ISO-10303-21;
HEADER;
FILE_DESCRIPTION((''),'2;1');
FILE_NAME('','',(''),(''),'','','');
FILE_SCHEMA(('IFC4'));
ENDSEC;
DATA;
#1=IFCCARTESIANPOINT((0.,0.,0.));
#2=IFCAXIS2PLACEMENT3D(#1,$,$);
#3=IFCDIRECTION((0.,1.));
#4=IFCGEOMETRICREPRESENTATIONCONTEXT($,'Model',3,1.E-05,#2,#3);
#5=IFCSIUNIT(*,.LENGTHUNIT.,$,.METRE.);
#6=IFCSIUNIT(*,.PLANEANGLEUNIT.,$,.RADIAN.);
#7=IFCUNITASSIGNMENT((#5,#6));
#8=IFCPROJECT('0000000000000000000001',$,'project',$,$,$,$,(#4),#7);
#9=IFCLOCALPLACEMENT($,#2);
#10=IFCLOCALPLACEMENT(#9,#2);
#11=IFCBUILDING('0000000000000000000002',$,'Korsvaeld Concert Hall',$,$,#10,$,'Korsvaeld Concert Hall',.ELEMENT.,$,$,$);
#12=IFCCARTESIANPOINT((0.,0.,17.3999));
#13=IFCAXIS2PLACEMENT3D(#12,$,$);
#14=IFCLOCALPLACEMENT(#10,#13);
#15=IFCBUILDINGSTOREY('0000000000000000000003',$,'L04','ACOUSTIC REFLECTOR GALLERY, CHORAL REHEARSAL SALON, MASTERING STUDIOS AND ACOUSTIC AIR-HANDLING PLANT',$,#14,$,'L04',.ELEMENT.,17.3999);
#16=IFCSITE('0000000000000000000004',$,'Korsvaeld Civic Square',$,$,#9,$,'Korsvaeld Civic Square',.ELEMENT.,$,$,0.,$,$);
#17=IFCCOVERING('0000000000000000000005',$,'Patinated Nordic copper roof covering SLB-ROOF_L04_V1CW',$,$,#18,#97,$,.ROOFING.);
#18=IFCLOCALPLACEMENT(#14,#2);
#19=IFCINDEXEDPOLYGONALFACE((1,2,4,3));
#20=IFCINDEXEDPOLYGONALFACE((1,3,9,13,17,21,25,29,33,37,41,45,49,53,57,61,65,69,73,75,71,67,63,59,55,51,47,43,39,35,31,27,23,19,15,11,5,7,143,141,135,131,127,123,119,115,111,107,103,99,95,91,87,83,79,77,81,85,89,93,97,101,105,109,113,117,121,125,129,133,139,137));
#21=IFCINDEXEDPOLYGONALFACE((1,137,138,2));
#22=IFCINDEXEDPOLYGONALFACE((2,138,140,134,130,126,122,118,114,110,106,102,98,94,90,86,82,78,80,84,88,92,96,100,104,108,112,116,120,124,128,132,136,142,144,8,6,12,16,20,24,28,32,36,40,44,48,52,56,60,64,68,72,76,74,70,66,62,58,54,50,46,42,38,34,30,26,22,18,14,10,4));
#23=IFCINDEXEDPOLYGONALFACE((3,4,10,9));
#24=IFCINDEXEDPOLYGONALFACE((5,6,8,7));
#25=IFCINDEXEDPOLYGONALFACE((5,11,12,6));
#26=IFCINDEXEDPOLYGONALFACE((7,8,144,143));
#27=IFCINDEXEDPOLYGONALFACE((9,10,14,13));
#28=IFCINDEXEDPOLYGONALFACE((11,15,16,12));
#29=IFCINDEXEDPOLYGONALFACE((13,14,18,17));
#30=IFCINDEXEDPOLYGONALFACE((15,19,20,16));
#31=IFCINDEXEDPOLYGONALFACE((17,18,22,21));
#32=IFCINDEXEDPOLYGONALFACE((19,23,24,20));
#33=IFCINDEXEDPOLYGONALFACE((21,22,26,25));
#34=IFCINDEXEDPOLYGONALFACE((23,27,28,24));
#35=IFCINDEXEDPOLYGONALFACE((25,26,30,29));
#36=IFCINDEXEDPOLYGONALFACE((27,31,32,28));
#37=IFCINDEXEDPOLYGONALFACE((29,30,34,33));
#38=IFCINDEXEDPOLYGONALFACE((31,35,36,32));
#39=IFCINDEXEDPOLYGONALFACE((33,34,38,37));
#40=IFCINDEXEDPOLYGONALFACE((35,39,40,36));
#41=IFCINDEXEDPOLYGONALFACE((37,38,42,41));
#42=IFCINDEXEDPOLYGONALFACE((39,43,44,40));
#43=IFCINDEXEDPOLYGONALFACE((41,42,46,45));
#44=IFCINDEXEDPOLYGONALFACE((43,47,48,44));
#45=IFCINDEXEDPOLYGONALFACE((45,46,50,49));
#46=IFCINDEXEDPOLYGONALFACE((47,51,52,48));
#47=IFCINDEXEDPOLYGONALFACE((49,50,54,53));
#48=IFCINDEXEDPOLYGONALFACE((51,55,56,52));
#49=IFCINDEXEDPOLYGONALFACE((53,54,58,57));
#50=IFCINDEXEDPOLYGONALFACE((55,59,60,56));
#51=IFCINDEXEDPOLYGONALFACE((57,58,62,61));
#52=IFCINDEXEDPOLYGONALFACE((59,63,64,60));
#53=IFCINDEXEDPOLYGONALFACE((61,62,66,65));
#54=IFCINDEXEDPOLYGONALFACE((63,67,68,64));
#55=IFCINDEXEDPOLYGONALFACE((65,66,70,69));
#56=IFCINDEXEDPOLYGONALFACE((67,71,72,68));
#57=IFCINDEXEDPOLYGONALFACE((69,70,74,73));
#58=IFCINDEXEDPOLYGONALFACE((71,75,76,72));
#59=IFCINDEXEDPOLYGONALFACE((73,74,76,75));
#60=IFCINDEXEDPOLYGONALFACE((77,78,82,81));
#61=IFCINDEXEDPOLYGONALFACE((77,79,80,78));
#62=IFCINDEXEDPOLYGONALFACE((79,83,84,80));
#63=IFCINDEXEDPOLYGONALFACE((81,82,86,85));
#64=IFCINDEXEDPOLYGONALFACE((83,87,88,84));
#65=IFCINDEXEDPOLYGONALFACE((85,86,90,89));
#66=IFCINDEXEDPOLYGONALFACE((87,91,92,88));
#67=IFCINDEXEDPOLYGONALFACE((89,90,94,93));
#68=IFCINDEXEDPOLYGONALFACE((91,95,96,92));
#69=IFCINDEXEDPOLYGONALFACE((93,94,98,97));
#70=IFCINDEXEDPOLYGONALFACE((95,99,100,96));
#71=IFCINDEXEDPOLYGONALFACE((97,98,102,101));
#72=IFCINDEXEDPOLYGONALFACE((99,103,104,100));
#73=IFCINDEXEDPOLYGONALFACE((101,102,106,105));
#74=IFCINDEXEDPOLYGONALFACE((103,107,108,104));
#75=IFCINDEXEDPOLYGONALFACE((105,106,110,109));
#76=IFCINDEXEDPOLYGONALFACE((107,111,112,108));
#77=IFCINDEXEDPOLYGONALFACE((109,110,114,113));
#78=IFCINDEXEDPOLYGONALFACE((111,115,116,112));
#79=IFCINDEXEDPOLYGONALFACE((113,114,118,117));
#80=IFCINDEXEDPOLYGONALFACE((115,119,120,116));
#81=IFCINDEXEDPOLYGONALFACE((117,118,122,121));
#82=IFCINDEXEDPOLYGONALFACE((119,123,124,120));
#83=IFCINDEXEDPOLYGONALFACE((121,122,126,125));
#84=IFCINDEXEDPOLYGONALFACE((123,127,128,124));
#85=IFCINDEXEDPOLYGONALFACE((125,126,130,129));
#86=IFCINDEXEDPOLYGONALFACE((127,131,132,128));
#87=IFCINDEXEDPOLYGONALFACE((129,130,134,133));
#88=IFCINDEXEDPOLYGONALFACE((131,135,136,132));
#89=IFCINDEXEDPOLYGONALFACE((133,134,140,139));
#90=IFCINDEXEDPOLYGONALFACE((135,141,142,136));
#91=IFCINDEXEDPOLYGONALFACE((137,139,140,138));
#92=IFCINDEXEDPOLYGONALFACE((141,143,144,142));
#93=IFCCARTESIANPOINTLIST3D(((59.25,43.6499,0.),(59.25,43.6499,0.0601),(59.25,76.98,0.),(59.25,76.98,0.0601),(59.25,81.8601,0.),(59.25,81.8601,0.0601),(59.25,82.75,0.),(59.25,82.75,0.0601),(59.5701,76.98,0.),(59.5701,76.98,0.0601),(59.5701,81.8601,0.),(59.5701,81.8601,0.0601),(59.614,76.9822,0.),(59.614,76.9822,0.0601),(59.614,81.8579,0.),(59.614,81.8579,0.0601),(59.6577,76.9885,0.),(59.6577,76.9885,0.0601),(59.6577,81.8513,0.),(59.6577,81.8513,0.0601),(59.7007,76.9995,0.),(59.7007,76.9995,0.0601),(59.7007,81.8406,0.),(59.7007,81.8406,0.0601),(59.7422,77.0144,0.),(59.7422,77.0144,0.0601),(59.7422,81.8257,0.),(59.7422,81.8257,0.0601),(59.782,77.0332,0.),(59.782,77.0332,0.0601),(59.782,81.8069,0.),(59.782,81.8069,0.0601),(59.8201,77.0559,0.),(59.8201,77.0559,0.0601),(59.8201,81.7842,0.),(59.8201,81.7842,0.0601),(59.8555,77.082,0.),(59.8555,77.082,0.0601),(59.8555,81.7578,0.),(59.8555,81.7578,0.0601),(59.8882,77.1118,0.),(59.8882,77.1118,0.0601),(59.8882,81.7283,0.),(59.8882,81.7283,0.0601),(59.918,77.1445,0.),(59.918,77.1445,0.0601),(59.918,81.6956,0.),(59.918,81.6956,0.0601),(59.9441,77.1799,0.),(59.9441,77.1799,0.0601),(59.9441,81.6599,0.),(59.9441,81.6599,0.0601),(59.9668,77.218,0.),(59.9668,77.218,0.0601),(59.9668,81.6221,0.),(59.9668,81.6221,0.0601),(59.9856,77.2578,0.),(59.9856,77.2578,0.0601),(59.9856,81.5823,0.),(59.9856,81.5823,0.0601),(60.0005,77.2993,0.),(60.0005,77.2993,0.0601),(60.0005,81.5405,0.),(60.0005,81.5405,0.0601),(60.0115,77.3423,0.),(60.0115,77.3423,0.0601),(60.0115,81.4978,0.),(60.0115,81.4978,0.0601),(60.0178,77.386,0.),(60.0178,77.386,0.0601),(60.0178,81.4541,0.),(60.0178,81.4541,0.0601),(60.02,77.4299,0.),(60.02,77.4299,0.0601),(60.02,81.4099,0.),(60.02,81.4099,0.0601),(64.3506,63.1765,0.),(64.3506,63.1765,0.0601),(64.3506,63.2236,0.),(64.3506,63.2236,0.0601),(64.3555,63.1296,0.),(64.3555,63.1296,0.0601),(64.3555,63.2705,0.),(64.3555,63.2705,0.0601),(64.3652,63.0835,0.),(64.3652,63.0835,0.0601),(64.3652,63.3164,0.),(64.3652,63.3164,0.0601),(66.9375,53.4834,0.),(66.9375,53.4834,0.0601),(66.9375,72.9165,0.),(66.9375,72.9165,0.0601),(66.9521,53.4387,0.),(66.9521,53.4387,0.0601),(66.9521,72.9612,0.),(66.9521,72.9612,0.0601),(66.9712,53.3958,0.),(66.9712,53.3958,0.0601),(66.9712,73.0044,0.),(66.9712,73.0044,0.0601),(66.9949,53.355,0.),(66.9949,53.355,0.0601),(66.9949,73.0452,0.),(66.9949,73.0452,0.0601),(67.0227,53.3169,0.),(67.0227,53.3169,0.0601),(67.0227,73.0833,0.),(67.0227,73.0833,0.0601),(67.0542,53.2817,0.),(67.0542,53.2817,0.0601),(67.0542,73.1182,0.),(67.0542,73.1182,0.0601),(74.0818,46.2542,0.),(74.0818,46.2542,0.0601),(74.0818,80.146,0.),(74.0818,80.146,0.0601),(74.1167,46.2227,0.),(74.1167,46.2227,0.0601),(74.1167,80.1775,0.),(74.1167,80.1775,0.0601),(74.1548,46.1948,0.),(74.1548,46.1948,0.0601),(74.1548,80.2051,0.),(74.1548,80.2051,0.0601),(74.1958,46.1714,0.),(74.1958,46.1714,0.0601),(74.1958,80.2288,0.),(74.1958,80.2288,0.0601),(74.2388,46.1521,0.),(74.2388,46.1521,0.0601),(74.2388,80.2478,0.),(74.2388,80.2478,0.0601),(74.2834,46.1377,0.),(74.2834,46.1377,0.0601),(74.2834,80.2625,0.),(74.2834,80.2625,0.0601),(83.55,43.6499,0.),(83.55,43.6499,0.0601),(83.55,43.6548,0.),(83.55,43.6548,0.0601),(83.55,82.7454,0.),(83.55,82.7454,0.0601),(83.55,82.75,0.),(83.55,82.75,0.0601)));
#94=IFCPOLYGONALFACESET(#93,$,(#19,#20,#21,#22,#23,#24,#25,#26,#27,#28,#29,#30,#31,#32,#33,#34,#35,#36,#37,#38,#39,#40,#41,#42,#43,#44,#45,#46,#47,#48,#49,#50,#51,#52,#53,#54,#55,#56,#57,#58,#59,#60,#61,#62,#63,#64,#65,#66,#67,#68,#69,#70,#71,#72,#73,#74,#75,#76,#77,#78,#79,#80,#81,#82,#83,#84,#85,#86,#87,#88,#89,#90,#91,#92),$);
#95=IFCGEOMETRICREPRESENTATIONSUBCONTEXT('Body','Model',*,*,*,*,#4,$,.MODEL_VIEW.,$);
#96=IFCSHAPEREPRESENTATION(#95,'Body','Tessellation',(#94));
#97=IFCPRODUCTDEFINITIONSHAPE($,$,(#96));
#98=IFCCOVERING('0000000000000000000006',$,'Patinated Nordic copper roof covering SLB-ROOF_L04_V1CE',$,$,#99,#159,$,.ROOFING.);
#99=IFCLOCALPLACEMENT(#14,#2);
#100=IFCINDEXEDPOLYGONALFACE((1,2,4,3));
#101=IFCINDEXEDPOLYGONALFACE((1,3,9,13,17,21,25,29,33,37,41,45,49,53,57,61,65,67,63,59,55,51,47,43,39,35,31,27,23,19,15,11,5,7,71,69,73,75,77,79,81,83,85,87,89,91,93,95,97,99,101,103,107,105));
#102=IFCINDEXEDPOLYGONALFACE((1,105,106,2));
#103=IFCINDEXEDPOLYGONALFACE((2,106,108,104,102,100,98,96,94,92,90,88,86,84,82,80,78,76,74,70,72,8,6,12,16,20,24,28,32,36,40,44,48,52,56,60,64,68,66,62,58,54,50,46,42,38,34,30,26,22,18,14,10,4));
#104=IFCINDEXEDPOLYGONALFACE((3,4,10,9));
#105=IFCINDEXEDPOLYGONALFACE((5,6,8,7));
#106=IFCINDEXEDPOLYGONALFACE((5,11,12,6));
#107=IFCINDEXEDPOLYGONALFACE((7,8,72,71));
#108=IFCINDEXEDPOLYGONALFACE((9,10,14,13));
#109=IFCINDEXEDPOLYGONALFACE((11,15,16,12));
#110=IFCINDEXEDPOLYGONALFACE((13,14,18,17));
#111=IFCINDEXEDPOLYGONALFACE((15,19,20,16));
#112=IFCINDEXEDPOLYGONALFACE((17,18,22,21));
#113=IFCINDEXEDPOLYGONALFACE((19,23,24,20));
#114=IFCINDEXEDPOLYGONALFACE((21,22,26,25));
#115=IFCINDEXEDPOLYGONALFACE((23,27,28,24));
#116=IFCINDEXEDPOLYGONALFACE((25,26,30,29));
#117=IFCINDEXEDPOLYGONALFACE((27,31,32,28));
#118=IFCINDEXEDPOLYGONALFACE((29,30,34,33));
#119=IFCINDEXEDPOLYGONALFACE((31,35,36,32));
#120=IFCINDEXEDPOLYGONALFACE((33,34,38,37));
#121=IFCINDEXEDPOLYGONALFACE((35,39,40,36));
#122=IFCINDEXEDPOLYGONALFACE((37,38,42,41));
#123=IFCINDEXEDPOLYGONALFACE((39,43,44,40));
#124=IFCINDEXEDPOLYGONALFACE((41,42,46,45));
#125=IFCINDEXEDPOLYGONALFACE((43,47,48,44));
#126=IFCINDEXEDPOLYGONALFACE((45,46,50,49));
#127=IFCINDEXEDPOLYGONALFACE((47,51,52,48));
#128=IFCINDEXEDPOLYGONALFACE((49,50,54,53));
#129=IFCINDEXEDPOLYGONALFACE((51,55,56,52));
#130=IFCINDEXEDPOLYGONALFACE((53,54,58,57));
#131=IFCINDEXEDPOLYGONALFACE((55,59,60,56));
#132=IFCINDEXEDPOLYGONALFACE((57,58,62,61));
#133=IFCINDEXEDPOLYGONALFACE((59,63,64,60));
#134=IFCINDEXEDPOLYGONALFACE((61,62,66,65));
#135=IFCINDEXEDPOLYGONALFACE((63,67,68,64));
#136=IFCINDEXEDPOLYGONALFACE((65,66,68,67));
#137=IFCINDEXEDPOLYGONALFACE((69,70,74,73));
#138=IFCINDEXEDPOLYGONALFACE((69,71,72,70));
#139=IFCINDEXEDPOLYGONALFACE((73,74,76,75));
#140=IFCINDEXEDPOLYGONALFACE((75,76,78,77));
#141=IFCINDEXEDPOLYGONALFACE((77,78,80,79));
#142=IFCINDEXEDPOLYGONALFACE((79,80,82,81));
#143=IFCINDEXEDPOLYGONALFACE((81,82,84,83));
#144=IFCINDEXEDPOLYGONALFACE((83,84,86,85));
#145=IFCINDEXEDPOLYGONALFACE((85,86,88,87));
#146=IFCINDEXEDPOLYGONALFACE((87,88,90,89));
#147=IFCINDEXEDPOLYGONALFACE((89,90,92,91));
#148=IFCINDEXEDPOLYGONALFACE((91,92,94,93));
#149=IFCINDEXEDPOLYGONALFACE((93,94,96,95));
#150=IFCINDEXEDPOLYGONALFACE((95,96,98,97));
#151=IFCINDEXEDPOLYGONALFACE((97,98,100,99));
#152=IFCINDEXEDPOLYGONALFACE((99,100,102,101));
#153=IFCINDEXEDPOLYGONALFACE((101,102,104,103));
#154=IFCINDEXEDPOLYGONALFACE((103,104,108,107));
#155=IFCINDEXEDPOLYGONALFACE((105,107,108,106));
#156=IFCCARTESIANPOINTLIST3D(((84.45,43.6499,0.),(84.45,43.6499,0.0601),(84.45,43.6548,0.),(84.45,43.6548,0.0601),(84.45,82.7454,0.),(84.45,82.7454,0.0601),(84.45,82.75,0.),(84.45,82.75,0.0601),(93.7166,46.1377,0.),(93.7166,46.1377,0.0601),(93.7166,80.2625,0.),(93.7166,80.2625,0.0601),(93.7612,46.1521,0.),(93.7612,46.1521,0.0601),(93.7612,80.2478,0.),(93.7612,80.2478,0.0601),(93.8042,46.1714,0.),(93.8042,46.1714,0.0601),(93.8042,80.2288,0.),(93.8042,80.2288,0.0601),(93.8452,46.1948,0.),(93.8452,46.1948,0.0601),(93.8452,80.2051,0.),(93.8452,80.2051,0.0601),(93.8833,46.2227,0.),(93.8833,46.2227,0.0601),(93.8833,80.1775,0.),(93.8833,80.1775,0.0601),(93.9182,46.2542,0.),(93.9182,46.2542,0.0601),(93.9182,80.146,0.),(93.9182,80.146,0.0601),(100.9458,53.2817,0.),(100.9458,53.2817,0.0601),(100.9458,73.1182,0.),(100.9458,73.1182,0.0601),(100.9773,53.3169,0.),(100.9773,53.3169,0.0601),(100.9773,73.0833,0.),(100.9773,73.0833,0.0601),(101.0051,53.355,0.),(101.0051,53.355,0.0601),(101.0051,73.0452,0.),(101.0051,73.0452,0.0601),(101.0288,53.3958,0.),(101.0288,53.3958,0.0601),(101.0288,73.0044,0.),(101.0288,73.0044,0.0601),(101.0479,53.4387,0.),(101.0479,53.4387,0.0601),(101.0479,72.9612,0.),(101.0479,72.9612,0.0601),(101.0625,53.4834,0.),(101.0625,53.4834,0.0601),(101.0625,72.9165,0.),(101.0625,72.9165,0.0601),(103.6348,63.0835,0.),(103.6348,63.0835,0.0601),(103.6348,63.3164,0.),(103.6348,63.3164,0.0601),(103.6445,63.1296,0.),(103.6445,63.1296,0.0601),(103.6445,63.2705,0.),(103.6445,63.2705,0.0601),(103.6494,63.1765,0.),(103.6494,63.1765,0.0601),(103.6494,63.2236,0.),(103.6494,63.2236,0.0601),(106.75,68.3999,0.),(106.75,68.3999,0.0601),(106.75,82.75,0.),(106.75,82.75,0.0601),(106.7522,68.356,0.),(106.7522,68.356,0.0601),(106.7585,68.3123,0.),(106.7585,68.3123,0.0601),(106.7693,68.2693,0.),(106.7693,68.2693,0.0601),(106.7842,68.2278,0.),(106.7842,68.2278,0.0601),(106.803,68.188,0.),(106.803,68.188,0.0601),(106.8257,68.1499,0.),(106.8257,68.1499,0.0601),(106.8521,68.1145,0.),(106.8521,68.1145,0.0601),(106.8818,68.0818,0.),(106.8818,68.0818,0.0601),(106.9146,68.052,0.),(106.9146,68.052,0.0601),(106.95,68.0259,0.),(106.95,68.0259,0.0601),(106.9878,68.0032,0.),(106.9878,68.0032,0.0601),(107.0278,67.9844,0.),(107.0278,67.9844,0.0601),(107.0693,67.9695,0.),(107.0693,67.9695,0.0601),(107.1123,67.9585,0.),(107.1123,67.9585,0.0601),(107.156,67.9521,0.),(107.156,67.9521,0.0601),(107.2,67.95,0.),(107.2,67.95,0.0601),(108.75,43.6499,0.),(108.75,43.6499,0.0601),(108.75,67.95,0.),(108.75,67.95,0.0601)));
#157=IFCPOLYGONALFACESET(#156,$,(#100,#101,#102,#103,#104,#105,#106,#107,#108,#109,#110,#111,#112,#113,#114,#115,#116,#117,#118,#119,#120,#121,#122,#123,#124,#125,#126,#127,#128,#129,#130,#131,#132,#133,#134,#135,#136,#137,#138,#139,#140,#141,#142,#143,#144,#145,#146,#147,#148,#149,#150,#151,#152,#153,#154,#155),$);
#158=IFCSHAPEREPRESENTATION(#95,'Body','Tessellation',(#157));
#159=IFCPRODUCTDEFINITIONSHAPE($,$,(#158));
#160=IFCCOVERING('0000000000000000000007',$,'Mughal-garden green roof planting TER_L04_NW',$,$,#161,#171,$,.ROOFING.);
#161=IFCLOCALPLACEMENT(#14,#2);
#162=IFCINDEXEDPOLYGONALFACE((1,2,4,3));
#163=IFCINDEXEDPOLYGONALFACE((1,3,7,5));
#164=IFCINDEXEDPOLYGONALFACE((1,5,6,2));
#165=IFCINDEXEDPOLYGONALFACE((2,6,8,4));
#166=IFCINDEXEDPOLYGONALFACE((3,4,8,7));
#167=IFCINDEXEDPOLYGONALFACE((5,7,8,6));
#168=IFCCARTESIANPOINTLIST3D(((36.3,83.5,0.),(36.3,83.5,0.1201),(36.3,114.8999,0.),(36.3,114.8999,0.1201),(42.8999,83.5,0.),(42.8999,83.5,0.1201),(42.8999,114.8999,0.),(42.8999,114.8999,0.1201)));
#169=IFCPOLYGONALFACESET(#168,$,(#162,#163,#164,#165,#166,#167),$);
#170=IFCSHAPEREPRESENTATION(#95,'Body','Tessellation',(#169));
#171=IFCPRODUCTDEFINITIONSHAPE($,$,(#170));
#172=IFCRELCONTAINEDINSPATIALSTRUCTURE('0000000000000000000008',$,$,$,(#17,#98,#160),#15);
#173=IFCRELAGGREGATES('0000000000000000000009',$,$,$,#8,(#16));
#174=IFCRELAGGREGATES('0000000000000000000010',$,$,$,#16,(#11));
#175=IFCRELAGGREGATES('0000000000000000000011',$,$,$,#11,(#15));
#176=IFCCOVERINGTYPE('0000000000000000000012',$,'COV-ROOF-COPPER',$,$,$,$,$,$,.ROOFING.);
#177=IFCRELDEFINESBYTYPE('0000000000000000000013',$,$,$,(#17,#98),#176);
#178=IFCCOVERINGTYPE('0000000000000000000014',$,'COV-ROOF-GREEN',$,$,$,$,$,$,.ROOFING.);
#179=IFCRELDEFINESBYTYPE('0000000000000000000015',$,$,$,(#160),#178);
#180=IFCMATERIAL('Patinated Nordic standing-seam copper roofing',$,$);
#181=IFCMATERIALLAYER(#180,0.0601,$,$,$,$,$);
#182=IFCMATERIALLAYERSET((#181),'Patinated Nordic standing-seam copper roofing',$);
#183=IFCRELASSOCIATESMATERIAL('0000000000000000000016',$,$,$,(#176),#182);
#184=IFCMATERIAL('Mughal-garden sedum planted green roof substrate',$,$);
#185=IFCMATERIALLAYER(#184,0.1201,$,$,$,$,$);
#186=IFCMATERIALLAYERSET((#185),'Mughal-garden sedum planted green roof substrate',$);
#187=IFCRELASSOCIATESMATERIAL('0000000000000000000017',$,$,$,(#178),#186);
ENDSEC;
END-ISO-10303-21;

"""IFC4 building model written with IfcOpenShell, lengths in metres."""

from ifc_helpers import new_model, si_unit, direction, frame, origin, place, context, subcontext, project, spatial, polyline, outline, extrude, material, layer, layer_set, type_object, element, save


model = new_model("IFC4")

# Units and contexts
model_context = context("Model", 3, precision=1e-05, world=origin(), true_north=direction((0.0, 1.0)))
body_context = subcontext(model_context, "Body", "Model", "MODEL_VIEW")
ifc_project = project(units=[si_unit("LENGTHUNIT", "METRE"), si_unit("PLANEANGLEUNIT", "RADIAN")], contexts=[model_context])

# Site, building, storey
site_placement = place(None, origin())
site = spatial("IfcSite", under=ifc_project, at=site_placement, Name="Korsvaeld Civic Square", LongName="Korsvaeld Civic Square", CompositionType="ELEMENT", RefElevation=0.0)
building_placement = place(site_placement, origin())
building = spatial("IfcBuilding", under=site, at=building_placement, Name="Korsvaeld Concert Hall", LongName="Korsvaeld Concert Hall", CompositionType="ELEMENT")
storey_placement = place(building_placement, frame((0.0, 0.0, 17.3999)))
storey = spatial("IfcBuildingStorey", under=building, at=storey_placement, Name="L04", Description="ACOUSTIC REFLECTOR GALLERY, CHORAL REHEARSAL SALON, MASTERING STUDIOS AND ACOUSTIC AIR-HANDLING PLANT", LongName="L04", CompositionType="ELEMENT", Elevation=17.3999)

# Coverings
ifc_material_1 = material(Name="Patinated Nordic standing-seam copper roofing")
ifc_layer_1 = layer(ifc_material_1, 0.0601)
ifc_layer_set_1 = layer_set([ifc_layer_1], Name="Patinated Nordic standing-seam copper roofing")
covering_type_1 = type_object("IfcCoveringType", Name="COV-ROOF-COPPER", PredefinedType="ROOFING", material=ifc_layer_set_1)
covering_1_placement = place(storey_placement, origin())
element("IfcCovering", 1, at=covering_1_placement, inside=storey, type_object=covering_type_1, Name="Patinated Nordic copper roof covering SLB-ROOF_L04_V1CW", PredefinedType="ROOFING", context=body_context, shape_type="SweptSolid", body=[
    extrude(outline(polyline([(59.25, 76.98), (59.5701, 76.98), (59.614, 76.9822), (59.6577, 76.9885), (59.7007, 76.9995), (59.7422, 77.0144), (59.782, 77.0332), (59.8201, 77.0559), (59.8555, 77.082), (59.8882, 77.1118), (59.918, 77.1445), (59.9441, 77.1799), (59.9668, 77.218), (59.9856, 77.2578), (60.0005, 77.2993), (60.0115, 77.3423), (60.0178, 77.386), (60.02, 77.4299), (60.02, 81.4099), (60.0178, 81.4541), (60.0115, 81.4978), (60.0005, 81.5405), (59.9856, 81.5823), (59.9668, 81.6221), (59.9441, 81.6599), (59.918, 81.6956), (59.8882, 81.7283), (59.8555, 81.7578), (59.8201, 81.7842), (59.782, 81.8069), (59.7422, 81.8257), (59.7007, 81.8406), (59.6577, 81.8513), (59.614, 81.8579), (59.5701, 81.8601), (59.25, 81.8601), (59.25, 82.75), (83.55, 82.75), (83.55, 82.7454), (74.2834, 80.2625), (74.2388, 80.2478), (74.1958, 80.2288), (74.1548, 80.2051), (74.1167, 80.1775), (74.0818, 80.146), (67.0542, 73.1182), (67.0227, 73.0833), (66.9949, 73.0452), (66.9712, 73.0044), (66.9521, 72.9612), (66.9375, 72.9165), (64.3652, 63.3164), (64.3555, 63.2705), (64.3506, 63.2236), (64.3506, 63.1765), (64.3555, 63.1296), (64.3652, 63.0835), (66.9375, 53.4834), (66.9521, 53.4387), (66.9712, 53.3958), (66.9949, 53.355), (67.0227, 53.3169), (67.0542, 53.2817), (74.0818, 46.2542), (74.1167, 46.2227), (74.1548, 46.1948), (74.1958, 46.1714), (74.2388, 46.1521), (74.2834, 46.1377), (83.55, 43.6548), (83.55, 43.6499), (59.25, 43.6499), (59.25, 76.98)])), origin(), (0.0, 0.0, 1.0), 0.0601),
])
covering_2_placement = place(storey_placement, origin())
element("IfcCovering", 2, at=covering_2_placement, inside=storey, type_object=covering_type_1, Name="Patinated Nordic copper roof covering SLB-ROOF_L04_V1CE", PredefinedType="ROOFING", context=body_context, shape_type="SweptSolid", body=[
    extrude(outline(polyline([(106.75, 68.3999), (106.7522, 68.356), (106.7585, 68.3123), (106.7693, 68.2693), (106.7842, 68.2278), (106.803, 68.188), (106.8257, 68.1499), (106.8521, 68.1145), (106.8818, 68.0818), (106.9146, 68.052), (106.95, 68.0259), (106.9878, 68.0032), (107.0278, 67.9844), (107.0693, 67.9695), (107.1123, 67.9585), (107.156, 67.9521), (107.2, 67.95), (108.75, 67.95), (108.75, 43.6499), (84.45, 43.6499), (84.45, 43.6548), (93.7166, 46.1377), (93.7612, 46.1521), (93.8042, 46.1714), (93.8452, 46.1948), (93.8833, 46.2227), (93.9182, 46.2542), (100.9458, 53.2817), (100.9773, 53.3169), (101.0051, 53.355), (101.0288, 53.3958), (101.0479, 53.4387), (101.0625, 53.4834), (103.6348, 63.0835), (103.6445, 63.1296), (103.6494, 63.1765), (103.6494, 63.2236), (103.6445, 63.2705), (103.6348, 63.3164), (101.0625, 72.9165), (101.0479, 72.9612), (101.0288, 73.0044), (101.0051, 73.0452), (100.9773, 73.0833), (100.9458, 73.1182), (93.9182, 80.146), (93.8833, 80.1775), (93.8452, 80.2051), (93.8042, 80.2288), (93.7612, 80.2478), (93.7166, 80.2625), (84.45, 82.7454), (84.45, 82.75), (106.75, 82.75), (106.75, 68.3999)])), origin(), (0.0, 0.0, 1.0), 0.0601),
])
ifc_material_2 = material(Name="Mughal-garden sedum planted green roof substrate")
ifc_layer_2 = layer(ifc_material_2, 0.1201)
ifc_layer_set_2 = layer_set([ifc_layer_2], Name="Mughal-garden sedum planted green roof substrate")
covering_type_2 = type_object("IfcCoveringType", Name="COV-ROOF-GREEN", PredefinedType="ROOFING", material=ifc_layer_set_2)
covering_3_placement = place(storey_placement, origin())
element("IfcCovering", 3, at=covering_3_placement, inside=storey, type_object=covering_type_2, Name="Mughal-garden green roof planting TER_L04_NW", PredefinedType="ROOFING", context=body_context, shape_type="SweptSolid", body=[
    extrude(outline(polyline([(42.8999, 83.5), (42.8999, 114.8999), (36.3, 114.8999), (36.3, 83.5), (42.8999, 83.5)])), origin(), (0.0, 0.0, 1.0), 0.1201),
])

save(model, "model.ifc")
